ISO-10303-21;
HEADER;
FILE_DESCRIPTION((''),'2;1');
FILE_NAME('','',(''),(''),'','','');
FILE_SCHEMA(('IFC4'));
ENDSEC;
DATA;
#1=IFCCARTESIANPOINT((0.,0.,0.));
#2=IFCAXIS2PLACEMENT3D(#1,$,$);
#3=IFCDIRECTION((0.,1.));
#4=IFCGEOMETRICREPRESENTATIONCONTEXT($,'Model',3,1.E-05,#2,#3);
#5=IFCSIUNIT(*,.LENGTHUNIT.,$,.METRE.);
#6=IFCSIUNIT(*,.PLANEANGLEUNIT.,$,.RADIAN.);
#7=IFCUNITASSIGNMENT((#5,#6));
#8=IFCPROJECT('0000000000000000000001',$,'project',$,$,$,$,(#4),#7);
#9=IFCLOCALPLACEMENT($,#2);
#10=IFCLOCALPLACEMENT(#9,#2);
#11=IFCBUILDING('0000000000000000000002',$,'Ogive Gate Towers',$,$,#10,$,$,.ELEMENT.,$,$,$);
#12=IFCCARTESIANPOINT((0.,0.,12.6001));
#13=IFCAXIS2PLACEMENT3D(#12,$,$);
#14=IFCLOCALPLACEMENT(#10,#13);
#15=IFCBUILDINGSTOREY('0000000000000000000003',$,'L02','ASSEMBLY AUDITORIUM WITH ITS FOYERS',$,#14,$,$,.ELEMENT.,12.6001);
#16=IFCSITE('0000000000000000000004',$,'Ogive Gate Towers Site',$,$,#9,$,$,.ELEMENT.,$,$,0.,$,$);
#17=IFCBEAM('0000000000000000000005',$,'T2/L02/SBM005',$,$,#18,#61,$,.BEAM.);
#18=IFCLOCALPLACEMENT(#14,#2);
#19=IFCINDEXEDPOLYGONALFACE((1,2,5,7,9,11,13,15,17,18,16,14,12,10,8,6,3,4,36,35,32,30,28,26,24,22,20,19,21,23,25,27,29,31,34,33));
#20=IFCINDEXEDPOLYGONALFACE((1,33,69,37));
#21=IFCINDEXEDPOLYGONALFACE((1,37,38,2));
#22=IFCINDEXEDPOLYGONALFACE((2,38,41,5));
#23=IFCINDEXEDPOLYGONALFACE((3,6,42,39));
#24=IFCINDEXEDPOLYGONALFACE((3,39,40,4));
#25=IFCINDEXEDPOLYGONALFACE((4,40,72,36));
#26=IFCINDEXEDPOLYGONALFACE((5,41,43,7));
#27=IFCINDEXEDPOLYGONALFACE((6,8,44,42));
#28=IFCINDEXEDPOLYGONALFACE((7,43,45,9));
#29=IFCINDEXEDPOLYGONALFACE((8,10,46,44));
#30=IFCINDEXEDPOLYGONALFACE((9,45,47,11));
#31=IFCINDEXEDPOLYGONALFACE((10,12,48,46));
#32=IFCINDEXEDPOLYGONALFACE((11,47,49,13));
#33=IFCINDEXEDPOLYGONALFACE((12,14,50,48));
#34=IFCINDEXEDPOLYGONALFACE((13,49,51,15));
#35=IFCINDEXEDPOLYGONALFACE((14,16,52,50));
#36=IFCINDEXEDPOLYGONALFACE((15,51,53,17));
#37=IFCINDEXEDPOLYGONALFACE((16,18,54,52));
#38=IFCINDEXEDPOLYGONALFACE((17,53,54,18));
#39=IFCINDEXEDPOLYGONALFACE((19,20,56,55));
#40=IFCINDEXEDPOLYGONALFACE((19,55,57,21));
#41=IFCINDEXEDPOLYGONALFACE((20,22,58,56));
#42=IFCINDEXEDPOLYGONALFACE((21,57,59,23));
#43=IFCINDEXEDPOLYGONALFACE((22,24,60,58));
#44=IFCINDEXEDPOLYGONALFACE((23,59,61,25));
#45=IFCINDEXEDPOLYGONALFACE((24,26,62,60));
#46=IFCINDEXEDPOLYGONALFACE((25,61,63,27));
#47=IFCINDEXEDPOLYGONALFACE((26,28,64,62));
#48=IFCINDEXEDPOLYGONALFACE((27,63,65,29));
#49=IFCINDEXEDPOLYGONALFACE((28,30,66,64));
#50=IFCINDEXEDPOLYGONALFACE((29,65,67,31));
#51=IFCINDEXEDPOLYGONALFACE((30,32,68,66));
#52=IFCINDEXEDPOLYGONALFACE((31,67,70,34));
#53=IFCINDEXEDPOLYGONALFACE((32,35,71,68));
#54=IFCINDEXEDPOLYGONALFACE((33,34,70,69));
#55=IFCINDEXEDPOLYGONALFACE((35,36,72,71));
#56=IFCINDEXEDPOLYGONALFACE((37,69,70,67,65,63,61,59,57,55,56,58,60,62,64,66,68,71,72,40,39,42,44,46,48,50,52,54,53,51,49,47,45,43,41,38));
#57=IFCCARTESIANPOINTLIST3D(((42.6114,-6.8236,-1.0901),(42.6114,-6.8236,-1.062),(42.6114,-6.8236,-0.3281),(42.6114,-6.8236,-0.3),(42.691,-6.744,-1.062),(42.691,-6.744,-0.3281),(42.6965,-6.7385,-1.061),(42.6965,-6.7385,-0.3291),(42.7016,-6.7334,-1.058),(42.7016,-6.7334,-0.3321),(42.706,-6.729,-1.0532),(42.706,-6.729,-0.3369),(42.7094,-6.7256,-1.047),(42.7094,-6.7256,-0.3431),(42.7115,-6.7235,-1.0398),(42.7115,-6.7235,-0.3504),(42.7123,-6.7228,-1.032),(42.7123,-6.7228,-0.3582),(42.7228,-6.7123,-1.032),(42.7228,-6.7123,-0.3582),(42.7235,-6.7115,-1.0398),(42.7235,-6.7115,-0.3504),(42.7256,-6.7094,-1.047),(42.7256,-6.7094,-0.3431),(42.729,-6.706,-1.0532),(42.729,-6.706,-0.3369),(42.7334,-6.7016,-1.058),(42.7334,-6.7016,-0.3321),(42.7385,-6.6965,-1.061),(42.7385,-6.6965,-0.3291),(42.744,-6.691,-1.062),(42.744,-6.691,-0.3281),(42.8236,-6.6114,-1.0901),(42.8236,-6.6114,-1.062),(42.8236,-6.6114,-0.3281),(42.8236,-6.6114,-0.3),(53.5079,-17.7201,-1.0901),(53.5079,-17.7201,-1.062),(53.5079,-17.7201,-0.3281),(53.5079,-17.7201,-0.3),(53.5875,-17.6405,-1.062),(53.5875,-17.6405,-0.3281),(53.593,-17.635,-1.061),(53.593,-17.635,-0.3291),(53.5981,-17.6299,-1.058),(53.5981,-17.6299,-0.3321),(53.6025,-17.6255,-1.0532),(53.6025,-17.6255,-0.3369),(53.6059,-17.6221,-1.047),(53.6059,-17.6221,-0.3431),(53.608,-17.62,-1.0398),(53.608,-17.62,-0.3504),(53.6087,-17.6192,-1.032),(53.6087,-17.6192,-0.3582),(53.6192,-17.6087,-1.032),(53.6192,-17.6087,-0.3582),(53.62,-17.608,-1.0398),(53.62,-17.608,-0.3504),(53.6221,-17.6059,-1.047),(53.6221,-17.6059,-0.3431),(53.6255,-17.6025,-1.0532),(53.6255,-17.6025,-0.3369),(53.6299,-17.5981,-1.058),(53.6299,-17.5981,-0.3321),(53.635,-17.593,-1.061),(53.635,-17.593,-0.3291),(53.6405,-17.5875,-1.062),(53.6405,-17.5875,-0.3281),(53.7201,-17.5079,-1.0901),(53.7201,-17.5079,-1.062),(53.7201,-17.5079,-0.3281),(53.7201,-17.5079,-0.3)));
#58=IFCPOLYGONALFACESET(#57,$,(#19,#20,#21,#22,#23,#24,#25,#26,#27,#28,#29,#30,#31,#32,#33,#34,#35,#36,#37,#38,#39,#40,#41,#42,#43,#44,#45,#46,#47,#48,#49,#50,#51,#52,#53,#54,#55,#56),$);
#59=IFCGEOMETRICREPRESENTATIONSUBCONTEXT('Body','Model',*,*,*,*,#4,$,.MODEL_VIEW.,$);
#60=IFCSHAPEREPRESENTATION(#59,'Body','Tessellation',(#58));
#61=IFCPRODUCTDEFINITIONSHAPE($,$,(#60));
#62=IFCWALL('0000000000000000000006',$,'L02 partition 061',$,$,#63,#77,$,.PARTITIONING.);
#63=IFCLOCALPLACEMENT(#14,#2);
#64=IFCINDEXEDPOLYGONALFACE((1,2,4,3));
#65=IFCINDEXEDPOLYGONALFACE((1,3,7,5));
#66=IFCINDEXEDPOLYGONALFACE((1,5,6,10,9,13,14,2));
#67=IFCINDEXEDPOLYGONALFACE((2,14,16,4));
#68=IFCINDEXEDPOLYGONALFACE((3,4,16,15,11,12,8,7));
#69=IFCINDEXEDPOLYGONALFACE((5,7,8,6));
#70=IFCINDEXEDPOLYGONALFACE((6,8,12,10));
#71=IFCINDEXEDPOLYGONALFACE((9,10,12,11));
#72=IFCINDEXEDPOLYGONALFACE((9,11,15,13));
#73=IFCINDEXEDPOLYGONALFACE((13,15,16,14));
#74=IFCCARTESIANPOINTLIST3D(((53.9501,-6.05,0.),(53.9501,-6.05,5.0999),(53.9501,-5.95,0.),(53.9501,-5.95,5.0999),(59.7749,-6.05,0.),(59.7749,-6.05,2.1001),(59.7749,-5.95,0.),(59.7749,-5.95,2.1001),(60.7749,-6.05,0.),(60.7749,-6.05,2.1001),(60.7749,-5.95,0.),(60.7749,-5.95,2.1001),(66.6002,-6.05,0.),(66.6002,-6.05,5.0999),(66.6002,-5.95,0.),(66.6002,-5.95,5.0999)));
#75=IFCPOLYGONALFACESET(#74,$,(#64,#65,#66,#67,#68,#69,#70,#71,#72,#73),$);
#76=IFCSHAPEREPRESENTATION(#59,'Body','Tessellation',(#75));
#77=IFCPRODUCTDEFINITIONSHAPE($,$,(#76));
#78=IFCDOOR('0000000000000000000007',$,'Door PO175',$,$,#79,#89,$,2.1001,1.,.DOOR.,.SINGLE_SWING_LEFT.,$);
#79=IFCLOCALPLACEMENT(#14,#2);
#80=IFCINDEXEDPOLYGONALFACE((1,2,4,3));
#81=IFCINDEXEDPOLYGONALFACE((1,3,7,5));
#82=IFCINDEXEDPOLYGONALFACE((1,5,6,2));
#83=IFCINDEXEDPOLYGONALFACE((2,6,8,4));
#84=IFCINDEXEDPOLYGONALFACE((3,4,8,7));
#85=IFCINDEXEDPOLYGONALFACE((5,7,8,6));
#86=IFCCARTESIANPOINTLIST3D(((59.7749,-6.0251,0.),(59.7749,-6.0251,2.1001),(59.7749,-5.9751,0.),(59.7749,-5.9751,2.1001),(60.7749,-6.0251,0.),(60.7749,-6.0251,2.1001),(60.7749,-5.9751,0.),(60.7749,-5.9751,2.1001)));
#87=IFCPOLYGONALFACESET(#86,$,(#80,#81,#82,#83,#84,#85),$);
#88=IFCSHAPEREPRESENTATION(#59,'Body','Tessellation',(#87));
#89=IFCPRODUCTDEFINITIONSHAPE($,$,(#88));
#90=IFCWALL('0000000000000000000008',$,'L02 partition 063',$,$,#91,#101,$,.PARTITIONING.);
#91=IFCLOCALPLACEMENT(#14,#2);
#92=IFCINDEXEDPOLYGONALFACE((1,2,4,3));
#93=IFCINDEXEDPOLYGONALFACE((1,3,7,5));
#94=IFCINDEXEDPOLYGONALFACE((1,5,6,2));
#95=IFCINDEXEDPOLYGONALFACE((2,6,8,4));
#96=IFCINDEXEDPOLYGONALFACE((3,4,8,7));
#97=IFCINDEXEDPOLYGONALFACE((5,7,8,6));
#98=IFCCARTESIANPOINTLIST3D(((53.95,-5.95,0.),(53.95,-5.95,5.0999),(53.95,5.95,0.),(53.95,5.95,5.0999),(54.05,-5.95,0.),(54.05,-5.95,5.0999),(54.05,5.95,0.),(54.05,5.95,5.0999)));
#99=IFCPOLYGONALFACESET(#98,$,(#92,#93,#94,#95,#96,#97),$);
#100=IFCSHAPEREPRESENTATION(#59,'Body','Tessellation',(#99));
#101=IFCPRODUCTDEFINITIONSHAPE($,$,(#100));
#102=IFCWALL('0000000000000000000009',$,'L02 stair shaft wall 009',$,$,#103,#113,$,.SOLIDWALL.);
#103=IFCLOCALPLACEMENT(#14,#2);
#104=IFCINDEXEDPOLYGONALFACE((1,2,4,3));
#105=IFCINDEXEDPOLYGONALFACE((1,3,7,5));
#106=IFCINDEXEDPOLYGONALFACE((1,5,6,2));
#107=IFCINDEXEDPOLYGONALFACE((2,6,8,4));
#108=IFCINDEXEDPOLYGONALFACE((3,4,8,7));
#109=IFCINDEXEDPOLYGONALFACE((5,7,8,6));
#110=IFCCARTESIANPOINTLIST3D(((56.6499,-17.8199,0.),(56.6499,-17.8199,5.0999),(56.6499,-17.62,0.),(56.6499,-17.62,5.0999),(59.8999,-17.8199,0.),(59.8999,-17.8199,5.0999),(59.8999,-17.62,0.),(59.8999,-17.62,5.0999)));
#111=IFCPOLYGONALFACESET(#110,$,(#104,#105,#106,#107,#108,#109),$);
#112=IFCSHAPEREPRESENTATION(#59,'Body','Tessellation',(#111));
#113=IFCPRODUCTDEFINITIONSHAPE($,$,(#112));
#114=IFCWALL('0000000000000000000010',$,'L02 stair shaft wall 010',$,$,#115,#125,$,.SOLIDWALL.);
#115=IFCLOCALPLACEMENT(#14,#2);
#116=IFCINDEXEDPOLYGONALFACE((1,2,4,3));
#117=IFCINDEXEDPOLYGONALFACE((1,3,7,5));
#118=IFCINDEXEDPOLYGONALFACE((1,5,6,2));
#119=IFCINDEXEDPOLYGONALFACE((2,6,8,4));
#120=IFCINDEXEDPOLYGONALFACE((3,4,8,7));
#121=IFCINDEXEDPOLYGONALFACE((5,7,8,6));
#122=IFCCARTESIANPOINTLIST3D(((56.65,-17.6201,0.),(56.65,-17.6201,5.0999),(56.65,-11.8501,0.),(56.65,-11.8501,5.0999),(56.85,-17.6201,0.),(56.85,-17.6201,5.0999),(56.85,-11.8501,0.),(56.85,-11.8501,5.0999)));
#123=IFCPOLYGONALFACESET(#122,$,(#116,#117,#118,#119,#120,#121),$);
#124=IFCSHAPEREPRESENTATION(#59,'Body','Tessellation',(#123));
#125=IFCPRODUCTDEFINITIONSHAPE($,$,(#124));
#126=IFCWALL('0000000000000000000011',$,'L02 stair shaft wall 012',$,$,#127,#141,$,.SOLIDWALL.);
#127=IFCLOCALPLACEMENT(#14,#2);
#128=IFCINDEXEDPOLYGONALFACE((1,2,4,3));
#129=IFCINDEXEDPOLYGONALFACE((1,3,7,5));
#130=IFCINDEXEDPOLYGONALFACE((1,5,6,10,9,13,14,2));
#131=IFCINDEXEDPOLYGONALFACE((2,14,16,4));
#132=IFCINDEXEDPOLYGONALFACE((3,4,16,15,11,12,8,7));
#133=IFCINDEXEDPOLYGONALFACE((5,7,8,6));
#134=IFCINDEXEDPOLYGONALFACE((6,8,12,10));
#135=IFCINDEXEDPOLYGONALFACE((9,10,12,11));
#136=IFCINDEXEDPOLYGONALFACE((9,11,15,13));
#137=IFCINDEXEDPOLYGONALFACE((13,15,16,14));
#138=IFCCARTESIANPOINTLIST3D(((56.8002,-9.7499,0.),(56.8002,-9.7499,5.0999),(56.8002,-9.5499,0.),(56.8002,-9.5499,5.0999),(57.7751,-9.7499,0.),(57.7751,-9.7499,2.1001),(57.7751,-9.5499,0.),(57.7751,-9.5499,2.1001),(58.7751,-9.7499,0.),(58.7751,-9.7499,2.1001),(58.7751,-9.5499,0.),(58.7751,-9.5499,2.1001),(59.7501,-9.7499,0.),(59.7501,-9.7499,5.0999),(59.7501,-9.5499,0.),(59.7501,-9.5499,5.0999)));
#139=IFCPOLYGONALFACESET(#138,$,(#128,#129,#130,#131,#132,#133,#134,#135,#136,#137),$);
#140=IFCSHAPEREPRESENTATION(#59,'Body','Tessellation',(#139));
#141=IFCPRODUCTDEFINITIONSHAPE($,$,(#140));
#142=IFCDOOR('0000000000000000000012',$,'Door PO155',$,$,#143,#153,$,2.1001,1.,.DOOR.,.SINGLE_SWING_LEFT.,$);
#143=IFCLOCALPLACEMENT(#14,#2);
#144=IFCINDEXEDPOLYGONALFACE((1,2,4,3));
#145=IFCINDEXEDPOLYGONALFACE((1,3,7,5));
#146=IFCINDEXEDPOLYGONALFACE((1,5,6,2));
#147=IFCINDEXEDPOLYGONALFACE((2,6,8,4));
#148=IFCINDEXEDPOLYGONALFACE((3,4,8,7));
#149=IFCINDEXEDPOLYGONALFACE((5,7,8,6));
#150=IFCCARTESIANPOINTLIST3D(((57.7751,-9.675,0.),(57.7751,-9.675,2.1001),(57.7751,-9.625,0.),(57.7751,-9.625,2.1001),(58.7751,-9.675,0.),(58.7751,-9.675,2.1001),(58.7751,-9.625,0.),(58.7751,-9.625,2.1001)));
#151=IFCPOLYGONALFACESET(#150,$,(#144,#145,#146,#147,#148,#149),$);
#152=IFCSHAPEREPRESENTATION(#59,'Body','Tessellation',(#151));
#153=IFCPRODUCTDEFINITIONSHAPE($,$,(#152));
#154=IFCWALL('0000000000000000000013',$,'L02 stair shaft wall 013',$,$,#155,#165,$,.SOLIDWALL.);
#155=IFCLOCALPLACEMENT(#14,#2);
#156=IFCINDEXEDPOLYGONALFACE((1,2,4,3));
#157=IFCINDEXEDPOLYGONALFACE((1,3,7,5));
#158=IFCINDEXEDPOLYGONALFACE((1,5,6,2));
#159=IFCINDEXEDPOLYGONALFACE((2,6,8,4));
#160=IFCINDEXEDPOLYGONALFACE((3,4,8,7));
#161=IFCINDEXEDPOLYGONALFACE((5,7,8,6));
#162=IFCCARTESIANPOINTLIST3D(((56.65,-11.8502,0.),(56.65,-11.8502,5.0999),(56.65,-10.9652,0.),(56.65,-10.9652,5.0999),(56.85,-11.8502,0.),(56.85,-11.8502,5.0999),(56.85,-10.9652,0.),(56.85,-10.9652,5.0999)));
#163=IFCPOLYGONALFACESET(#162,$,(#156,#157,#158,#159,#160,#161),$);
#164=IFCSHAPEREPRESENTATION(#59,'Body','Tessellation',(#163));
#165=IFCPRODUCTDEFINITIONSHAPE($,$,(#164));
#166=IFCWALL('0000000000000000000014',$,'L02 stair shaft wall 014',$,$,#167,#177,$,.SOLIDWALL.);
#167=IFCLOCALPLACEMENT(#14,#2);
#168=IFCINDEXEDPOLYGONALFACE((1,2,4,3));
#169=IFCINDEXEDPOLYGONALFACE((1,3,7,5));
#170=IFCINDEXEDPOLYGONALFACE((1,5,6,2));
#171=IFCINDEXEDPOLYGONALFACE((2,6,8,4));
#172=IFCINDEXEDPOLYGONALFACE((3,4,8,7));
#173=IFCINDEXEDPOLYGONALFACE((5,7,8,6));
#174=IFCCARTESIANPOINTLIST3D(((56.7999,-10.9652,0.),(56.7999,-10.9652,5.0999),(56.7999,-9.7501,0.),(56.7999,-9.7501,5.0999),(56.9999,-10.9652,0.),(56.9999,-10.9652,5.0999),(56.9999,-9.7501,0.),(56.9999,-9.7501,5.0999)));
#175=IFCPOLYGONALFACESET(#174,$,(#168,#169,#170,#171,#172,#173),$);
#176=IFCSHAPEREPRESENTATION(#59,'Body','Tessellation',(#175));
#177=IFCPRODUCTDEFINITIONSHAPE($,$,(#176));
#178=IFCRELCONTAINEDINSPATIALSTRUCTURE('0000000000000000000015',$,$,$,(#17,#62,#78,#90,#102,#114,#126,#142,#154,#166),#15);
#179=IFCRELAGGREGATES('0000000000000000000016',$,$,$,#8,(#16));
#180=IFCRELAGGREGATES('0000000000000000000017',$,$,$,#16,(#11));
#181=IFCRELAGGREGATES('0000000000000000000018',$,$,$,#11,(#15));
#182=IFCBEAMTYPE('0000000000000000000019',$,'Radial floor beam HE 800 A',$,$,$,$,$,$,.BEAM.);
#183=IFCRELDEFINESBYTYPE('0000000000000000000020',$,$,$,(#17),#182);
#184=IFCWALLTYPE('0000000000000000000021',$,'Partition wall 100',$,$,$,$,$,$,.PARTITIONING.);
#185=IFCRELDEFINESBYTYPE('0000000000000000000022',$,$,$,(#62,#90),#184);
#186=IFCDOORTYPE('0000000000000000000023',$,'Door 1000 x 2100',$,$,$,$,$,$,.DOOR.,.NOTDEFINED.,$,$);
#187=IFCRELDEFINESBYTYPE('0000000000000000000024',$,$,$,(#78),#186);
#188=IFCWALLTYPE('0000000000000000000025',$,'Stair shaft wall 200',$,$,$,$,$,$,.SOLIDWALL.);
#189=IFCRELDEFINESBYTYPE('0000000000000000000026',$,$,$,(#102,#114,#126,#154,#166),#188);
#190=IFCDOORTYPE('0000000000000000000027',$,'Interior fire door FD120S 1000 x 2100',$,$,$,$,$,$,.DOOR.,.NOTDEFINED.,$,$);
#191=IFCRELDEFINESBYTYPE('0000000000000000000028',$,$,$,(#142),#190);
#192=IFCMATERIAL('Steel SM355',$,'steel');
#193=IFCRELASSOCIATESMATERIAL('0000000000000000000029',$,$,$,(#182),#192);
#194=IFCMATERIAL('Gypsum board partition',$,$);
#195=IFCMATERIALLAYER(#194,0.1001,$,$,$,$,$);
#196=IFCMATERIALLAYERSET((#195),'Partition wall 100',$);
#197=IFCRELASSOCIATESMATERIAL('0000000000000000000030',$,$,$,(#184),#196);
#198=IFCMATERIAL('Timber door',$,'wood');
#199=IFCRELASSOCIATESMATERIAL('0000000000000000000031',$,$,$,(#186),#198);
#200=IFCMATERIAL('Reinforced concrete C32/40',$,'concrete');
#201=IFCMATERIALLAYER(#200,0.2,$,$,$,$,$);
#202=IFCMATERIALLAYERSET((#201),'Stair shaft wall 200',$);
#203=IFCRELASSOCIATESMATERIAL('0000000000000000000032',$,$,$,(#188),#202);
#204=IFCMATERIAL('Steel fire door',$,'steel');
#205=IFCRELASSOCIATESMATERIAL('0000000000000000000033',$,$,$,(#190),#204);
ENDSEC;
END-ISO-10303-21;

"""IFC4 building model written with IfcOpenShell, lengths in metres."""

from ifc_helpers import new_model, si_unit, direction, frame, frame_2d, origin, origin_2d, place, context, subcontext, project, spatial, rectangle, i_section, extrude, material, layer, layer_set, material_profile, profile_set, type_object, element, fill, save


model = new_model("IFC4")

# Units and contexts
model_context = context("Model", 3, precision=1e-05, world=origin(), true_north=direction((0.0, 1.0)))
body_context = subcontext(model_context, "Body", "Model", "MODEL_VIEW")
ifc_project = project(units=[si_unit("LENGTHUNIT", "METRE"), si_unit("PLANEANGLEUNIT", "RADIAN")], contexts=[model_context])

# Site, building, storey
site_placement = place(None, origin())
site = spatial("IfcSite", under=ifc_project, at=site_placement, Name="Ogive Gate Towers Site", CompositionType="ELEMENT", RefElevation=0.0)
building_placement = place(site_placement, origin())
building = spatial("IfcBuilding", under=site, at=building_placement, Name="Ogive Gate Towers", CompositionType="ELEMENT")
storey_placement = place(building_placement, frame((0.0, 0.0, 12.6001)))
storey = spatial("IfcBuildingStorey", under=building, at=storey_placement, Name="L02", Description="ASSEMBLY AUDITORIUM WITH ITS FOYERS", CompositionType="ELEMENT", Elevation=12.6001)

# Beam
ifc_material_1 = material(Name="Steel SM355", Category="steel")
ifc_material_profile_1 = material_profile(ifc_material_1, i_section(OverallWidth=0.3, OverallDepth=0.79, WebThickness=0.0149, FlangeThickness=0.0281, FilletRadius=0.03, at=origin_2d()), Name="HE 800 A")
ifc_profile_set_1 = profile_set([ifc_material_profile_1], Name="Steel SM355")
beam_type_1 = type_object("IfcBeamType", Name="Radial floor beam HE 800 A", PredefinedType="BEAM", material=ifc_profile_set_1)
beam_1_placement = place(storey_placement, frame((42.7175, -6.7175, -0.6951), z_axis=(0.707107, -0.707107, 0.0), x_axis=(0.707107, 0.707107, 0.0)))
element("IfcBeam", 1, at=beam_1_placement, inside=storey, type_object=beam_type_1, Name="T2/L02/SBM005", PredefinedType="BEAM", context=body_context, shape_type="SweptSolid", body=[
    extrude(i_section(OverallWidth=0.3, OverallDepth=0.79, WebThickness=0.0149, FlangeThickness=0.0281, FilletRadius=0.03, at=origin_2d()), origin(), (0.0, 0.0, 1.0), 15.4099),
])

# Wall, opening, door
ifc_material_2 = material(Name="Gypsum board partition")
ifc_layer_1 = layer(ifc_material_2, 0.1001)
ifc_layer_set_1 = layer_set([ifc_layer_1], Name="Partition wall 100")
wall_type_1 = type_object("IfcWallType", Name="Partition wall 100", PredefinedType="PARTITIONING", material=ifc_layer_set_1)
wall_1_placement = place(storey_placement, frame((53.95, -6.0, 0.0), z_axis=(0.0, 0.0, 1.0), x_axis=(1.0, 0.0, 0.0)))
wall_1 = element("IfcWall", 2, at=wall_1_placement, inside=storey, type_object=wall_type_1, Name="L02 partition 061", PredefinedType="PARTITIONING", context=body_context, shape_type="SweptSolid", body=[
    extrude(rectangle(XDim=12.6501, YDim=0.1001, at=frame_2d((6.3252, 0.0))), origin(), (0.0, 0.0, 1.0), 5.0999),
])
opening_1_placement = place(wall_1_placement, frame((5.825, 0.0, 0.0)))
opening_1 = element("IfcOpeningElement", 3, at=opening_1_placement, cuts=wall_1, PredefinedType="OPENING", context=body_context, shape_type="SweptSolid", body=[
    extrude(rectangle(XDim=1.0, YDim=2.1001, at=frame_2d((0.5, 1.05))), frame((0.0, 0.0601, 0.0), z_axis=(0.0, -1.0, 0.0), x_axis=(1.0, 0.0, 0.0)), (0.0, 0.0, 1.0), 0.1201),
])
ifc_material_3 = material(Name="Timber door", Category="wood")
door_type_1 = type_object("IfcDoorType", Name="Door 1000 x 2100", OperationType="NOTDEFINED", PredefinedType="DOOR", material=ifc_material_3)
door_1_placement = place(opening_1_placement, origin())
door_1 = element("IfcDoor", 4, at=door_1_placement, inside=storey, type_object=door_type_1, Name="Door PO175", OperationType="SINGLE_SWING_LEFT", OverallHeight=2.1001, OverallWidth=1.0, PredefinedType="DOOR", context=body_context, shape_type="SweptSolid", body=[
    extrude(rectangle(XDim=1.0, YDim=2.1001, at=frame_2d((0.5, 1.05))), frame((0.0, 0.0249, 0.0), z_axis=(0.0, -1.0, 0.0), x_axis=(1.0, 0.0, 0.0)), (0.0, 0.0, 1.0), 0.05),
])
fill(opening_1, door_1)

# Walls
wall_2_placement = place(storey_placement, frame((54.0, -5.95, 0.0), z_axis=(0.0, 0.0, 1.0), x_axis=(0.0, 1.0, 0.0)))
element("IfcWall", 5, at=wall_2_placement, inside=storey, type_object=wall_type_1, Name="L02 partition 063", PredefinedType="PARTITIONING", context=body_context, shape_type="SweptSolid", body=[
    extrude(rectangle(XDim=11.8999, YDim=0.1001, at=frame_2d((5.95, 0.0))), origin(), (0.0, 0.0, 1.0), 5.0999),
])
ifc_material_4 = material(Name="Reinforced concrete C32/40", Category="concrete")
ifc_layer_2 = layer(ifc_material_4, 0.2)
ifc_layer_set_2 = layer_set([ifc_layer_2], Name="Stair shaft wall 200")
wall_type_2 = type_object("IfcWallType", Name="Stair shaft wall 200", PredefinedType="SOLIDWALL", material=ifc_layer_set_2)
wall_3_placement = place(storey_placement, frame((56.6499, -17.72, 0.0), z_axis=(0.0, 0.0, 1.0), x_axis=(1.0, 0.0, 0.0)))
element("IfcWall", 6, at=wall_3_placement, inside=storey, type_object=wall_type_2, Name="L02 stair shaft wall 009", PredefinedType="SOLIDWALL", context=body_context, shape_type="SweptSolid", body=[
    extrude(rectangle(XDim=3.25, YDim=0.2, at=frame_2d((1.625, 0.0))), origin(), (0.0, 0.0, 1.0), 5.0999),
])
wall_4_placement = place(storey_placement, frame((56.75, -17.6201, 0.0), z_axis=(0.0, 0.0, 1.0), x_axis=(0.0, 1.0, 0.0)))
element("IfcWall", 7, at=wall_4_placement, inside=storey, type_object=wall_type_2, Name="L02 stair shaft wall 010", PredefinedType="SOLIDWALL", context=body_context, shape_type="SweptSolid", body=[
    extrude(rectangle(XDim=5.77, YDim=0.2, at=frame_2d((2.885, 0.0))), origin(), (0.0, 0.0, 1.0), 5.0999),
])

# Wall, opening, door
wall_5_placement = place(storey_placement, frame((56.8, -9.6499, 0.0), z_axis=(0.0, 0.0, 1.0), x_axis=(1.0, 0.0, 0.0)))
wall_5 = element("IfcWall", 8, at=wall_5_placement, inside=storey, type_object=wall_type_2, Name="L02 stair shaft wall 012", PredefinedType="SOLIDWALL", context=body_context, shape_type="SweptSolid", body=[
    extrude(rectangle(XDim=2.95, YDim=0.2, at=frame_2d((1.4751, 0.0))), origin(), (0.0, 0.0, 1.0), 5.0999),
])
opening_2_placement = place(wall_5_placement, frame((0.9751, 0.0, 0.0)))
opening_2 = element("IfcOpeningElement", 9, at=opening_2_placement, cuts=wall_5, PredefinedType="OPENING", context=body_context, shape_type="SweptSolid", body=[
    extrude(rectangle(XDim=1.0, YDim=2.1001, at=frame_2d((0.5, 1.05))), frame((0.0, 0.1099, 0.0), z_axis=(0.0, -1.0, 0.0), x_axis=(1.0, 0.0, 0.0)), (0.0, 0.0, 1.0), 0.22),
])
ifc_material_5 = material(Name="Steel fire door", Category="steel")
door_type_2 = type_object("IfcDoorType", Name="Interior fire door FD120S 1000 x 2100", OperationType="NOTDEFINED", PredefinedType="DOOR", material=ifc_material_5)
door_2_placement = place(opening_2_placement, origin())
door_2 = element("IfcDoor", 10, at=door_2_placement, inside=storey, type_object=door_type_2, Name="Door PO155", OperationType="SINGLE_SWING_LEFT", OverallHeight=2.1001, OverallWidth=1.0, PredefinedType="DOOR", context=body_context, shape_type="SweptSolid", body=[
    extrude(rectangle(XDim=1.0, YDim=2.1001, at=frame_2d((0.5, 1.05))), frame((0.0, 0.0249, 0.0), z_axis=(0.0, -1.0, 0.0), x_axis=(1.0, 0.0, 0.0)), (0.0, 0.0, 1.0), 0.05),
])
fill(opening_2, door_2)

# Walls
wall_6_placement = place(storey_placement, frame((56.75, -11.8501, 0.0), z_axis=(0.0, 0.0, 1.0), x_axis=(0.0, 1.0, 0.0)))
element("IfcWall", 11, at=wall_6_placement, inside=storey, type_object=wall_type_2, Name="L02 stair shaft wall 013", PredefinedType="SOLIDWALL", context=body_context, shape_type="SweptSolid", body=[
    extrude(rectangle(XDim=0.885, YDim=0.2, at=frame_2d((0.4424, 0.0))), origin(), (0.0, 0.0, 1.0), 5.0999),
])
wall_7_placement = place(storey_placement, frame((56.8999, -10.9651, 0.0), z_axis=(0.0, 0.0, 1.0), x_axis=(0.0, 1.0, 0.0)))
element("IfcWall", 12, at=wall_7_placement, inside=storey, type_object=wall_type_2, Name="L02 stair shaft wall 014", PredefinedType="SOLIDWALL", context=body_context, shape_type="SweptSolid", body=[
    extrude(rectangle(XDim=1.2151, YDim=0.2, at=frame_2d((0.6074, 0.0))), origin(), (0.0, 0.0, 1.0), 5.0999),
])

save(model, "model.ifc")
